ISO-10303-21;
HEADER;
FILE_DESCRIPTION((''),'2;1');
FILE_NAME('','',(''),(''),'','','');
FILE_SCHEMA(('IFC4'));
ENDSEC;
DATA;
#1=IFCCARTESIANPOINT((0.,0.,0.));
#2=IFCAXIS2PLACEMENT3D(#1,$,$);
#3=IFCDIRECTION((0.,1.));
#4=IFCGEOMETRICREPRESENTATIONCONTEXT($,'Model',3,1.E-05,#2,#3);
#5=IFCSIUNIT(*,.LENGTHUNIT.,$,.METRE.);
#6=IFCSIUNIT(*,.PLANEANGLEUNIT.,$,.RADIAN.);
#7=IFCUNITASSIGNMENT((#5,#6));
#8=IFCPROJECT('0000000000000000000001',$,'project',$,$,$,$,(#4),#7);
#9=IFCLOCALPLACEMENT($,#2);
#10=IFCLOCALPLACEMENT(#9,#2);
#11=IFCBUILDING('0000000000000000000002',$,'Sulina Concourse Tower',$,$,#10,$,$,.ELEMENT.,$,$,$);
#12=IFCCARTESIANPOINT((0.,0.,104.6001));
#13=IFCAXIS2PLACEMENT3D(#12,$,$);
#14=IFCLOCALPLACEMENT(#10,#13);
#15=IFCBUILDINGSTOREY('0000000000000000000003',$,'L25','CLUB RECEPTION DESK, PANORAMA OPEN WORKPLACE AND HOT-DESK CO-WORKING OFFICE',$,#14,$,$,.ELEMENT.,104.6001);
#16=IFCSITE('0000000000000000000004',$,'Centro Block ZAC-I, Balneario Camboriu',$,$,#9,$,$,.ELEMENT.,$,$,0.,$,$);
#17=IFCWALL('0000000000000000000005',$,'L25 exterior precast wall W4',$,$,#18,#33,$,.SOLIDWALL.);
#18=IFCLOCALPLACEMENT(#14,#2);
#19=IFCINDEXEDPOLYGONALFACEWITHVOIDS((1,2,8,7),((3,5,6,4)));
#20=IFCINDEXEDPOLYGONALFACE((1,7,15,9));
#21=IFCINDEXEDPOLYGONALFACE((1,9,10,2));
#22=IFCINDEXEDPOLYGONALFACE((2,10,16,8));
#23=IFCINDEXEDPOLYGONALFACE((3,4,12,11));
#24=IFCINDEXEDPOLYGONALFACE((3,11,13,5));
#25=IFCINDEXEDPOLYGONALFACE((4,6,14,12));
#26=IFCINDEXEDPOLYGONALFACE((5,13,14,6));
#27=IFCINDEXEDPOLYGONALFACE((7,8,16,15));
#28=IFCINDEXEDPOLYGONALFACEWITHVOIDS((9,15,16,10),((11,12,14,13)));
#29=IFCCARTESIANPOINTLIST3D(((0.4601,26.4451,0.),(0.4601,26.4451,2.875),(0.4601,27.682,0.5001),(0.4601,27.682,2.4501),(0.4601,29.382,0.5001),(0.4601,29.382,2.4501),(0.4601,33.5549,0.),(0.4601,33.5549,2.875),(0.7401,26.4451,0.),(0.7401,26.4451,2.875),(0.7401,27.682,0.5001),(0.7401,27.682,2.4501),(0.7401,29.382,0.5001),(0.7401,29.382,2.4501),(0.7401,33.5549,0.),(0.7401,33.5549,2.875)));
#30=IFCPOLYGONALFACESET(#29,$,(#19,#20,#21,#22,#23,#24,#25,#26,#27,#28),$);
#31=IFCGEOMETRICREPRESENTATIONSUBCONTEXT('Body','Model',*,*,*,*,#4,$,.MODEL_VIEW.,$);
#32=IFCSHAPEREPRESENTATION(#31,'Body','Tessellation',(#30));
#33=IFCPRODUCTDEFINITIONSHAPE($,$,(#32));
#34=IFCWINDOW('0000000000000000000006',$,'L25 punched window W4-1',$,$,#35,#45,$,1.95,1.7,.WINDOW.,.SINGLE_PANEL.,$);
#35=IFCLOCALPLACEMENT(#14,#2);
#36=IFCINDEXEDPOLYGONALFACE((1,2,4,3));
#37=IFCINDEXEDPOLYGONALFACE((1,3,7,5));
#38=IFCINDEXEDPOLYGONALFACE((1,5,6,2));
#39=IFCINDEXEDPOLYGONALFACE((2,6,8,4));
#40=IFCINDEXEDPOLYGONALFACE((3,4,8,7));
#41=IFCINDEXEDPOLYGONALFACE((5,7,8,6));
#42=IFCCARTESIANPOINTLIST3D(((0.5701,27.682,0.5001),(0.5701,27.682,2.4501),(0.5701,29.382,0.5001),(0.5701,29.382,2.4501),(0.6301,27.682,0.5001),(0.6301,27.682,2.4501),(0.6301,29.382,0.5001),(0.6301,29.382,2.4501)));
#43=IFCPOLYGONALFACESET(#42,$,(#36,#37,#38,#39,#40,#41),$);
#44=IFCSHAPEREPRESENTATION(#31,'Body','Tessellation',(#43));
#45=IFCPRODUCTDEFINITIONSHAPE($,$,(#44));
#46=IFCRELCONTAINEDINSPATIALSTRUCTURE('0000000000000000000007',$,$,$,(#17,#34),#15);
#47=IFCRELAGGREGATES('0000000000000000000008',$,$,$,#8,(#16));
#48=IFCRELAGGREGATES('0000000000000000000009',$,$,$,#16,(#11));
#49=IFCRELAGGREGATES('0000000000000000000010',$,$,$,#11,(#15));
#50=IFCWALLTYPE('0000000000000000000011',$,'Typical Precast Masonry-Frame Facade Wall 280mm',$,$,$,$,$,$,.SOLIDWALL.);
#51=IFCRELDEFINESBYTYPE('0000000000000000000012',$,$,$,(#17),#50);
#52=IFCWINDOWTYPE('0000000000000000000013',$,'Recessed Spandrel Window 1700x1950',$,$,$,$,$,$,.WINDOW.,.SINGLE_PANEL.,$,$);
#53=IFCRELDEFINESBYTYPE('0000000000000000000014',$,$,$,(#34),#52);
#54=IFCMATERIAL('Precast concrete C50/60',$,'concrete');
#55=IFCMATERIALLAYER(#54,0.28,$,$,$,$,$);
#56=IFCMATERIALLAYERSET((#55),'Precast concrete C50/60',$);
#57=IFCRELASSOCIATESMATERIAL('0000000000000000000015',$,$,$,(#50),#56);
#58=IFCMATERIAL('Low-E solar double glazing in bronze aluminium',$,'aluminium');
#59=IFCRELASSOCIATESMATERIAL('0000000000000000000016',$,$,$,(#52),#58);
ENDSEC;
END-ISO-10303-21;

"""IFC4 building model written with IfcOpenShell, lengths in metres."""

from ifc_helpers import new_model, si_unit, direction, frame, frame_2d, origin, place, context, subcontext, project, spatial, rectangle, extrude, material, layer, layer_set, type_object, element, fill, save


model = new_model("IFC4")

# Units and contexts
model_context = context("Model", 3, precision=1e-05, world=origin(), true_north=direction((0.0, 1.0)))
body_context = subcontext(model_context, "Body", "Model", "MODEL_VIEW")
ifc_project = project(units=[si_unit("LENGTHUNIT", "METRE"), si_unit("PLANEANGLEUNIT", "RADIAN")], contexts=[model_context])

# Site, building, storey
site_placement = place(None, origin())
site = spatial("IfcSite", under=ifc_project, at=site_placement, Name="Centro Block ZAC-I, Balneario Camboriu", CompositionType="ELEMENT", RefElevation=0.0)
building_placement = place(site_placement, origin())
building = spatial("IfcBuilding", under=site, at=building_placement, Name="Sulina Concourse Tower", CompositionType="ELEMENT")
storey_placement = place(building_placement, frame((0.0, 0.0, 104.6001)))
storey = spatial("IfcBuildingStorey", under=building, at=storey_placement, Name="L25", Description="CLUB RECEPTION DESK, PANORAMA OPEN WORKPLACE AND HOT-DESK CO-WORKING OFFICE", CompositionType="ELEMENT", Elevation=104.6001)

# Shared definitions
ifc_material_1 = material(Name="Precast concrete C50/60", Category="concrete")
ifc_layer_1 = layer(ifc_material_1, 0.28)
ifc_layer_set_1 = layer_set([ifc_layer_1], Name="Precast concrete C50/60")
wall_type_1 = type_object("IfcWallType", Name="Typical Precast Masonry-Frame Facade Wall 280mm", PredefinedType="SOLIDWALL", material=ifc_layer_set_1)
ifc_material_2 = material(Name="Low-E solar double glazing in bronze aluminium", Category="aluminium")
window_type = type_object("IfcWindowType", Name="Recessed Spandrel Window 1700x1950", PartitioningType="SINGLE_PANEL", PredefinedType="WINDOW", material=ifc_material_2)

# Wall, opening, window
wall_1_placement = place(storey_placement, frame((0.6001, 26.4451, 0.0), z_axis=(0.0, 0.0, 1.0), x_axis=(0.0, 1.0, 0.0)))
wall_1 = element("IfcWall", 1, at=wall_1_placement, inside=storey, type_object=wall_type_1, Name="L25 exterior precast wall W4", PredefinedType="SOLIDWALL", context=body_context, shape_type="SweptSolid", body=[
    extrude(rectangle(XDim=7.1099, YDim=0.28, at=frame_2d((3.5549, 0.0))), origin(), (0.0, 0.0, 1.0), 2.875),
])
opening_1_placement = place(wall_1_placement, frame((1.2368, 0.0, 0.5)))
opening_1 = element("IfcOpeningElement", 2, at=opening_1_placement, cuts=wall_1, PredefinedType="OPENING", context=body_context, shape_type="SweptSolid", body=[
    extrude(rectangle(XDim=1.7, YDim=1.95, at=frame_2d((0.8501, 0.9751))), frame((0.0, 0.1499, 0.0), z_axis=(0.0, -1.0, 0.0), x_axis=(1.0, 0.0, 0.0)), (0.0, 0.0, 1.0), 0.3),
])
window_1_placement = place(opening_1_placement, origin())
window_1 = element("IfcWindow", 3, at=window_1_placement, inside=storey, type_object=window_type, Name="L25 punched window W4-1", OverallHeight=1.95, OverallWidth=1.7, PartitioningType="SINGLE_PANEL", PredefinedType="WINDOW", context=body_context, shape_type="SweptSolid", body=[
    extrude(rectangle(XDim=1.7, YDim=1.95, at=frame_2d((0.8501, 0.9751))), frame((0.0, 0.03, 0.0), z_axis=(0.0, -1.0, 0.0), x_axis=(1.0, 0.0, 0.0)), (0.0, 0.0, 1.0), 0.0601),
])
fill(opening_1, window_1)

save(model, "model.ifc")
